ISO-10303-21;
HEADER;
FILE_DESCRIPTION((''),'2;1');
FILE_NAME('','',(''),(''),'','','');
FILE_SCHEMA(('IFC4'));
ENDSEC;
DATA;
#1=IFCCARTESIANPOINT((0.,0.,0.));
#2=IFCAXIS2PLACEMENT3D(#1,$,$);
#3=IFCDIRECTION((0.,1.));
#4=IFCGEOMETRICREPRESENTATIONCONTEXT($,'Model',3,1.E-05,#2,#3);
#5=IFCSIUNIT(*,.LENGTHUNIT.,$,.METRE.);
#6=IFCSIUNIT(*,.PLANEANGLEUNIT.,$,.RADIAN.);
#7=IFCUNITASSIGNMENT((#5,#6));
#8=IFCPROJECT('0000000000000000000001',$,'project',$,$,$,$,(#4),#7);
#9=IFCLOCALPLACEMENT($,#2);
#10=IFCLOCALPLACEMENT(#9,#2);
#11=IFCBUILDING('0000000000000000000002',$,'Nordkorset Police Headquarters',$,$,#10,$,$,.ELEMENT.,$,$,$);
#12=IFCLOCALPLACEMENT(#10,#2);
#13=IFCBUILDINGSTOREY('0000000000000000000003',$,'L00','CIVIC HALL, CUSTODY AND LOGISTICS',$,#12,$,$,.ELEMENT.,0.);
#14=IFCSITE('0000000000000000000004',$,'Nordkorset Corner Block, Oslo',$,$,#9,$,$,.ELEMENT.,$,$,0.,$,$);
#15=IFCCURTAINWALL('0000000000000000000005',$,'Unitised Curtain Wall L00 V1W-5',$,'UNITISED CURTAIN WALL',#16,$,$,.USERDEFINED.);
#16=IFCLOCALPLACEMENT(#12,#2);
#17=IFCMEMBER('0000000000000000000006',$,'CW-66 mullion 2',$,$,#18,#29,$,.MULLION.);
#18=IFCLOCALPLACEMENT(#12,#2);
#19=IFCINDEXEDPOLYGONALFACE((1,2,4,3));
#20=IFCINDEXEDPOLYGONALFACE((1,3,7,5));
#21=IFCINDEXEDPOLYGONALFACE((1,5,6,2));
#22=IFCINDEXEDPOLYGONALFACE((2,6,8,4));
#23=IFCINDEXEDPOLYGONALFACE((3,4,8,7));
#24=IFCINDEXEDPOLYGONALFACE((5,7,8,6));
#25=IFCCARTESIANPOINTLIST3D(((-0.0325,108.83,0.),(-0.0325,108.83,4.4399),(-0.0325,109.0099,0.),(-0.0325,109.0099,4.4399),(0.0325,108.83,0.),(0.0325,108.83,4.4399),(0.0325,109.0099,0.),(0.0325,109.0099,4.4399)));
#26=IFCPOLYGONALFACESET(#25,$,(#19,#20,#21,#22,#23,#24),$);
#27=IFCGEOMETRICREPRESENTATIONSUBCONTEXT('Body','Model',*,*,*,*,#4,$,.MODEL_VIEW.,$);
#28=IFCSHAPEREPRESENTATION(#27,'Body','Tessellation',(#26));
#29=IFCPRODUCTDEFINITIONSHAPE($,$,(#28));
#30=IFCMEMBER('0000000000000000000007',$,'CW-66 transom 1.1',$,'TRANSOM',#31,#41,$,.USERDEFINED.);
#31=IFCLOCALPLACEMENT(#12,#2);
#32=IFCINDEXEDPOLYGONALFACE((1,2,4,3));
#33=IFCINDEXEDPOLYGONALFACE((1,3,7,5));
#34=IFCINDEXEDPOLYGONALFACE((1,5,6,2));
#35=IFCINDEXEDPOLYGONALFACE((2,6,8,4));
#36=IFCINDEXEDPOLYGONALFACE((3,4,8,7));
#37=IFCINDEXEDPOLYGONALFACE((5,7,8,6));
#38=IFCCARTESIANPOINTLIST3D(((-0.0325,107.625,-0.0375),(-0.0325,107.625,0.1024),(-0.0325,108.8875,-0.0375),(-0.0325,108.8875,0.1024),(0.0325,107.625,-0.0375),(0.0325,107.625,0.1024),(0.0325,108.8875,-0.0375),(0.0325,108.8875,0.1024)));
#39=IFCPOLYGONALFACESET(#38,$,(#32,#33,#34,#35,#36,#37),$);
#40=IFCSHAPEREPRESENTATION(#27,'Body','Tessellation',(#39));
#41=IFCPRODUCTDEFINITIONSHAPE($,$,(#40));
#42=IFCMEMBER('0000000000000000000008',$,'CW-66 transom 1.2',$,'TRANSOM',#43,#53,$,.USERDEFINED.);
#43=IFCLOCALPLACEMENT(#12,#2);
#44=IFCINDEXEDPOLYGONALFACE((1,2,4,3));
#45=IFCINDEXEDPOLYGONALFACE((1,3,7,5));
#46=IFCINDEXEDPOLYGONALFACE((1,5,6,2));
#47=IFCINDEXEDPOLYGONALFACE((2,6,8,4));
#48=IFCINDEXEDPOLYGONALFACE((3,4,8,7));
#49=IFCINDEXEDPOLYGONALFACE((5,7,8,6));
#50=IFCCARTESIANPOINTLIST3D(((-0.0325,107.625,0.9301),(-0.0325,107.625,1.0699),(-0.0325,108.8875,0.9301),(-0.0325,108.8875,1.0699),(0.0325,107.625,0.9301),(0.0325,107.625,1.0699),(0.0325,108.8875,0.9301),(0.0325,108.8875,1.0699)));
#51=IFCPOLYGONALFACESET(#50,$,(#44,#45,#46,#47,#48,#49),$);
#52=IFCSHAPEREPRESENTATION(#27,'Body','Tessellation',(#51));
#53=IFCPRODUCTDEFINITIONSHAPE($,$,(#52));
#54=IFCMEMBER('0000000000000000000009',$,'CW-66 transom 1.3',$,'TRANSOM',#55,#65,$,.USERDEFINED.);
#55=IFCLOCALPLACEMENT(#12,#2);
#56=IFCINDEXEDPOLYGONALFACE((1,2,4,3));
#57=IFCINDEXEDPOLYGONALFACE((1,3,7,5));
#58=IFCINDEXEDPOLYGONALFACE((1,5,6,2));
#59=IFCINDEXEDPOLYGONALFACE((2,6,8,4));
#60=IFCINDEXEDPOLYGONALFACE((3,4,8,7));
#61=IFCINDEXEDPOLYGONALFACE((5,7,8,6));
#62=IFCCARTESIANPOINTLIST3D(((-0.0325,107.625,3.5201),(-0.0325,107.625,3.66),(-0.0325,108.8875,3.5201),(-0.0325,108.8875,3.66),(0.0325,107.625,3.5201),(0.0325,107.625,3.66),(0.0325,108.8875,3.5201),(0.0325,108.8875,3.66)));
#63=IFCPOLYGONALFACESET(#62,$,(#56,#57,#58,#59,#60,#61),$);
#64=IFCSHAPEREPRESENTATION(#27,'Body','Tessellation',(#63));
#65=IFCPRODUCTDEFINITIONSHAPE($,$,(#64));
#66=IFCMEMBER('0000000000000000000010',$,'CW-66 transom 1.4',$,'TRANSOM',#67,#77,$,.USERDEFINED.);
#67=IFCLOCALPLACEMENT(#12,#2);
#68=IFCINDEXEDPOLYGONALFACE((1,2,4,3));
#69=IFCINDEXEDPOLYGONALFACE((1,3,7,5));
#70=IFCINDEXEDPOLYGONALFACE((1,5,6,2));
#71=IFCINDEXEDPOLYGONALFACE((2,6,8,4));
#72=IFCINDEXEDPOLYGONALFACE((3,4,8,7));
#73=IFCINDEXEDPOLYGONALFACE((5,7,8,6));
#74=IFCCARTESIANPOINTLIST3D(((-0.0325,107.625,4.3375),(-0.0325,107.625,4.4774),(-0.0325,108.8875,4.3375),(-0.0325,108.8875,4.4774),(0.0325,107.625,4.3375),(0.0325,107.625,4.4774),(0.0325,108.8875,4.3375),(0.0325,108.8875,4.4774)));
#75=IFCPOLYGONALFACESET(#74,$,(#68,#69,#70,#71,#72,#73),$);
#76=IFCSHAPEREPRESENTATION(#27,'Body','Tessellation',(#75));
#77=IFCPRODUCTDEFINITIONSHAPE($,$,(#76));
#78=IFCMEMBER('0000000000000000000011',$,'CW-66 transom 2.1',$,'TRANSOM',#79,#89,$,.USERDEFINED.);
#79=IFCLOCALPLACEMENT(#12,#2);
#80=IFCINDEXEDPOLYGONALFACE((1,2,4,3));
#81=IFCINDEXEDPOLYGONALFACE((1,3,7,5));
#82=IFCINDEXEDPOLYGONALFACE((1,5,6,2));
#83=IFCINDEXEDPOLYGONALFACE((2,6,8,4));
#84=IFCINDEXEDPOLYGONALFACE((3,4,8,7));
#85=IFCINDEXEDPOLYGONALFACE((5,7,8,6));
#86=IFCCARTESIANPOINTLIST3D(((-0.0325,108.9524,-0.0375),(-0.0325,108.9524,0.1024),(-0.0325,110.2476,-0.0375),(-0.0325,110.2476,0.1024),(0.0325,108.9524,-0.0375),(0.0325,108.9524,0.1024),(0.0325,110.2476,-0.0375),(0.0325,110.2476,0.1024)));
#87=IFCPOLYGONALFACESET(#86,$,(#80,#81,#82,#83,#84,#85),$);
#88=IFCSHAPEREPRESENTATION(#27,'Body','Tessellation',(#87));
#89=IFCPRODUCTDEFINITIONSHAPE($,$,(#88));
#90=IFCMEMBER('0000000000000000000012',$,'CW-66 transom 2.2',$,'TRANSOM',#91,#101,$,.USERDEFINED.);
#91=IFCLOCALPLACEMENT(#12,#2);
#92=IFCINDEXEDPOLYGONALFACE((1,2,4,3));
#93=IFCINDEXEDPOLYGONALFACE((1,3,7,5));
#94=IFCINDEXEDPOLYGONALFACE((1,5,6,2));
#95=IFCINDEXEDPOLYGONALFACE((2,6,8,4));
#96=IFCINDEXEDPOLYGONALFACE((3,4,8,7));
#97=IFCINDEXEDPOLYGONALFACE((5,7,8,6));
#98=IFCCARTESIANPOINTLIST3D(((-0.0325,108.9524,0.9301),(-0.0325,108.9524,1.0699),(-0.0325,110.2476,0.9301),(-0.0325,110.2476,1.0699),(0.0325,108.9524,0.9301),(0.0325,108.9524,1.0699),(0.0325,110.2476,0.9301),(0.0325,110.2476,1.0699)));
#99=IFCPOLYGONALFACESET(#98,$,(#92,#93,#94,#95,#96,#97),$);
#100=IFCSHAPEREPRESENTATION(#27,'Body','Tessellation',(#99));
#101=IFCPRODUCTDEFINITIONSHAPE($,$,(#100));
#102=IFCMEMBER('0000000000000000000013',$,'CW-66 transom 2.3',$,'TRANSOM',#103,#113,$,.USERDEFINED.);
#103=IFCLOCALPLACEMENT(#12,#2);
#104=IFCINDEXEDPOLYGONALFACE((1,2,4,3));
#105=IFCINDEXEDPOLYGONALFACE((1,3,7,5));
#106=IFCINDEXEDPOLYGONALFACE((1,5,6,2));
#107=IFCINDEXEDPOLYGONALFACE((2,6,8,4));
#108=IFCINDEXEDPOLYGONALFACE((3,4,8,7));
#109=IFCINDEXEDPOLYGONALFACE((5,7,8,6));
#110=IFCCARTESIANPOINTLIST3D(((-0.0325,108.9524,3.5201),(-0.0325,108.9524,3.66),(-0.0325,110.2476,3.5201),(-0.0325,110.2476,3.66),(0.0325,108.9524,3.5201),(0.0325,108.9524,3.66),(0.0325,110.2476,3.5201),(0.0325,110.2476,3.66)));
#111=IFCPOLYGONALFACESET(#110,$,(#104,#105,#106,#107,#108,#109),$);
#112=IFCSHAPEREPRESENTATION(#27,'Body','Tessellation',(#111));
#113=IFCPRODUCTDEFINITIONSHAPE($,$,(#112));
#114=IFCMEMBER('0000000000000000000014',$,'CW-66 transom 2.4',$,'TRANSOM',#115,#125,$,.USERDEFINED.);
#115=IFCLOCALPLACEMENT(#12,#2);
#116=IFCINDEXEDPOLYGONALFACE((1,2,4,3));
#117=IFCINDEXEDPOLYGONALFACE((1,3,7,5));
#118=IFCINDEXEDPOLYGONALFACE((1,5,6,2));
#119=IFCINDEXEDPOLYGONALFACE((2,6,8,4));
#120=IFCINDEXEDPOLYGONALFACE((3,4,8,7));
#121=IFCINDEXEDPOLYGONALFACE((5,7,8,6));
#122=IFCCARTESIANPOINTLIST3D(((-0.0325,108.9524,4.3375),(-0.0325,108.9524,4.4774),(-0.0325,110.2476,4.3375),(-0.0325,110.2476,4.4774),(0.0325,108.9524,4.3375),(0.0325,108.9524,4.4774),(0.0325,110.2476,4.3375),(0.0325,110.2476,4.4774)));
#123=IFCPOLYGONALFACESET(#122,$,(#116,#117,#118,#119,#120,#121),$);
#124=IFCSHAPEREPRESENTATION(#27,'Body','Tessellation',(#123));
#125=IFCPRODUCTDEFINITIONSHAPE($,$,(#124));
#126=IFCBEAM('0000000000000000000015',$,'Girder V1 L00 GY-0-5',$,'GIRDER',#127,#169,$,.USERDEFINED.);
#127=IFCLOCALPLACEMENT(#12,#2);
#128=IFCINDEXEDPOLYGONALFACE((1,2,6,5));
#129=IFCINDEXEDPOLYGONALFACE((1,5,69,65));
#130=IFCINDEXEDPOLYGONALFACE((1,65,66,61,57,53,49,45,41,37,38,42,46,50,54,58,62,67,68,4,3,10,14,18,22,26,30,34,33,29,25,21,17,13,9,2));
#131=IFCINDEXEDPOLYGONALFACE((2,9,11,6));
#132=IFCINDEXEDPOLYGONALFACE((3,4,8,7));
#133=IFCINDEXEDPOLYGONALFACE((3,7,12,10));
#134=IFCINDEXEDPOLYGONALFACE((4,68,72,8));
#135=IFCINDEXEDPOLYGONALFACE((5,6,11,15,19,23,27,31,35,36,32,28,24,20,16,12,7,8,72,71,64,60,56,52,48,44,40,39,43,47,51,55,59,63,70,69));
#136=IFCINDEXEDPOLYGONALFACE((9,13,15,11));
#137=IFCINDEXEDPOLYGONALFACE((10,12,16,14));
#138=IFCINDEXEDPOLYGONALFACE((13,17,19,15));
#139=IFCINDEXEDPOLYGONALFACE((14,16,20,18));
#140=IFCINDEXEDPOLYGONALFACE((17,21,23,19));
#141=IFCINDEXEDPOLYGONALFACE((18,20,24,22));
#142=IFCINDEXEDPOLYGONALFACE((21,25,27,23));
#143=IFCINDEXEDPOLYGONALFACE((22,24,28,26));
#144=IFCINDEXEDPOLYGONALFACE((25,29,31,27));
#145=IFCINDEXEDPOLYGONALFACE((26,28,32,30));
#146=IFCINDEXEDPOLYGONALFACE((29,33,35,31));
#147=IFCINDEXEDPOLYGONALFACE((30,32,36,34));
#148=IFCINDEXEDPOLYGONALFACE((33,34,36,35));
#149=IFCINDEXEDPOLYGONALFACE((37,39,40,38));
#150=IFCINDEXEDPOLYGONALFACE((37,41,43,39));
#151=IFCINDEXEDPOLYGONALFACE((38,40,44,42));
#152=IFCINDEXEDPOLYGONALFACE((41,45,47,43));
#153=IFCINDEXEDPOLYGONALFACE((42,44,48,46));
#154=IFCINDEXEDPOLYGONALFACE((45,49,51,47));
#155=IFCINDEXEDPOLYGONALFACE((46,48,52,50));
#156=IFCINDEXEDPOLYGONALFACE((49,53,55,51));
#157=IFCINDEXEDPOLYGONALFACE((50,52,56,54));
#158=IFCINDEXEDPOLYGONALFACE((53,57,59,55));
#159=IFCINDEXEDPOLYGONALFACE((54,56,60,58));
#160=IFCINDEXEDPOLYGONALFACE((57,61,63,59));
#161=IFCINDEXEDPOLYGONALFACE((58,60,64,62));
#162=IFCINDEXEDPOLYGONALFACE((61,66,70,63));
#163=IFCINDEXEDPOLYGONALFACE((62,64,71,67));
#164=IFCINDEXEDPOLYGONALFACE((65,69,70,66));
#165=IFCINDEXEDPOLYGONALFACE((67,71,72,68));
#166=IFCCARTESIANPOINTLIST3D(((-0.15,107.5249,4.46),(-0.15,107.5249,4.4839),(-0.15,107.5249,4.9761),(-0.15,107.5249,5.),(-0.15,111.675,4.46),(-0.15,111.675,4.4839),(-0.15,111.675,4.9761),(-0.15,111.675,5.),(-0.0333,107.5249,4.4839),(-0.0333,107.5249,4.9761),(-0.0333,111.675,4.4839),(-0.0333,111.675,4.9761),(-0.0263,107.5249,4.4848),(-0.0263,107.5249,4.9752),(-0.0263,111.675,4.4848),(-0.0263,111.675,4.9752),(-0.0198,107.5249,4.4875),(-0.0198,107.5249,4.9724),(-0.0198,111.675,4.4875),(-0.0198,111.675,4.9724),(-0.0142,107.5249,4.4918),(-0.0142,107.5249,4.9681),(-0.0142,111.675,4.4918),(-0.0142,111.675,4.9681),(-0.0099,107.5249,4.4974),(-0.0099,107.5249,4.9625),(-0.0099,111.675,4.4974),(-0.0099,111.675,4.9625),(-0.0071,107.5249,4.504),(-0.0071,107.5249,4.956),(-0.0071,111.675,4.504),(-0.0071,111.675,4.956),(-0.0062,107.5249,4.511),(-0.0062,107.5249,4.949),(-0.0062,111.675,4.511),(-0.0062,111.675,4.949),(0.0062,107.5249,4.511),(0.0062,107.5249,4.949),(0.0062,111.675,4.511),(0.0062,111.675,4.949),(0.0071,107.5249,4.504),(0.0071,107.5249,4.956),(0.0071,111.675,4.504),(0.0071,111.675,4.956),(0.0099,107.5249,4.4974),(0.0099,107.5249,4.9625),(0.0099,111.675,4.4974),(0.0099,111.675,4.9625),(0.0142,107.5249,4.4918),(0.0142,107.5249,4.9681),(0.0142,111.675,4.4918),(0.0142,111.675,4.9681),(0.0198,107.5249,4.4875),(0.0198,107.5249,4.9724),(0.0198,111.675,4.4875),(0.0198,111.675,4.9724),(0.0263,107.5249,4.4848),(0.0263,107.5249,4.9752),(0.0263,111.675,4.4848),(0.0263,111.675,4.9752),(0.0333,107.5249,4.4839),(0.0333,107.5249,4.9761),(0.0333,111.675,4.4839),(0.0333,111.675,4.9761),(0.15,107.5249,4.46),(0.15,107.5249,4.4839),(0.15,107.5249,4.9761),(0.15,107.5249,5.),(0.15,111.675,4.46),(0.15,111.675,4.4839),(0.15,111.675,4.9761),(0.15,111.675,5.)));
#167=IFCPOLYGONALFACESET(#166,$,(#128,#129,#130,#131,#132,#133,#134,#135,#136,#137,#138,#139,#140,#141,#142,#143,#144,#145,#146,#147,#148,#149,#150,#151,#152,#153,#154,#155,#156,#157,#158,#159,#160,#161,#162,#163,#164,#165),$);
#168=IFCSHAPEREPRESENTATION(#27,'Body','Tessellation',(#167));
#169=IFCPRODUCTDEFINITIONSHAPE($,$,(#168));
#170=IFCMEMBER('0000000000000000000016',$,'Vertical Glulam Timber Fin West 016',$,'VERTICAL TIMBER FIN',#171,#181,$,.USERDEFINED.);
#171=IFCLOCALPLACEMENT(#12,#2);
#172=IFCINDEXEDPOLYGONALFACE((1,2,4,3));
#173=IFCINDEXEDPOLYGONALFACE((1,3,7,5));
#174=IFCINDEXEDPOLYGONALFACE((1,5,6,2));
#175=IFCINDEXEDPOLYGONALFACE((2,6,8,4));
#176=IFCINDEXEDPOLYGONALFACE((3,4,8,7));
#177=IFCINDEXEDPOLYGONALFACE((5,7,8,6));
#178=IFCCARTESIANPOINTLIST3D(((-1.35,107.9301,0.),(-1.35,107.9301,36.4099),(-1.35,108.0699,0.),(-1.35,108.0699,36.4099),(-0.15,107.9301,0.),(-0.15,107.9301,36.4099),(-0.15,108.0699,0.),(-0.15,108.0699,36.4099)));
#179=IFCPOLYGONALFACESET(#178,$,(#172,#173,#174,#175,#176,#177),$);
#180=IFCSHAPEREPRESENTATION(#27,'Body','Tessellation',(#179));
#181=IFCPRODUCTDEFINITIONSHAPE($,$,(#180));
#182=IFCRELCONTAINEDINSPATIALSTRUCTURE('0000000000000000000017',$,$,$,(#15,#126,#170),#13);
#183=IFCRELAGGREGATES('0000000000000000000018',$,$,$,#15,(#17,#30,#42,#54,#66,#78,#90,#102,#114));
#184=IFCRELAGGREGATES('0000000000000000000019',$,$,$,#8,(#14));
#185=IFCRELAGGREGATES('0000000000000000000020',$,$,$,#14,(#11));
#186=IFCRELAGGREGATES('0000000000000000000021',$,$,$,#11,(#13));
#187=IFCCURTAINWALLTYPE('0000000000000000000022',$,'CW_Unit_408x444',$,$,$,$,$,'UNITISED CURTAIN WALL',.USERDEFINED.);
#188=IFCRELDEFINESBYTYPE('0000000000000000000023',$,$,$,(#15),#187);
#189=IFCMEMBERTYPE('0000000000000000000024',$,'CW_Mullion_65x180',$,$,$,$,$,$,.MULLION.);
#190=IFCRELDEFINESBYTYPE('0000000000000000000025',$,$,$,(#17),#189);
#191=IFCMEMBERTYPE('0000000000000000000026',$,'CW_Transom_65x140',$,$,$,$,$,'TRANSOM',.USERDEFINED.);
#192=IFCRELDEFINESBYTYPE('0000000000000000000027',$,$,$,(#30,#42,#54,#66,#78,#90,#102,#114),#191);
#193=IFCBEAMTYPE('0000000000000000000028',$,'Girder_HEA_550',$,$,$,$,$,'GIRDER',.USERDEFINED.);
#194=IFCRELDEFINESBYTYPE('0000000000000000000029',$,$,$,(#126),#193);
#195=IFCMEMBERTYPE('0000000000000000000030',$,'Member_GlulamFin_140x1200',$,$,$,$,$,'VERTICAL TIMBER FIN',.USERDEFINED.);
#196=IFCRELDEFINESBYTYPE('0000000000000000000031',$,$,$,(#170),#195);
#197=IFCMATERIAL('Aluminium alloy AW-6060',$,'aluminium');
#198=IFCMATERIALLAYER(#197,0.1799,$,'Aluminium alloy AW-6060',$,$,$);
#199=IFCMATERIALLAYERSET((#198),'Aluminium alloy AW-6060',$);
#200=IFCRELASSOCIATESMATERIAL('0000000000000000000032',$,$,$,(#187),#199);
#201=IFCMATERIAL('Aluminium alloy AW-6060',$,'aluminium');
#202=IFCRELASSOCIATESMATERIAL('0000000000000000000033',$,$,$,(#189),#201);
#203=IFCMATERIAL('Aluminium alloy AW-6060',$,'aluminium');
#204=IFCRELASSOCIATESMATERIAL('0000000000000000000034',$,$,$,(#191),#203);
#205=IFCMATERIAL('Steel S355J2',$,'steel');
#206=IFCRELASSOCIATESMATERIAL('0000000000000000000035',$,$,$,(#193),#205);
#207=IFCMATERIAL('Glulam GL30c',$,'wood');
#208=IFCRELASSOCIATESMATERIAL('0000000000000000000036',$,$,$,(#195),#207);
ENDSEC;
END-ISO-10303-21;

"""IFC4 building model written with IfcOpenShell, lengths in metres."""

from ifc_helpers import new_model, si_unit, direction, frame, origin, origin_2d, place, context, subcontext, project, spatial, rectangle, i_section, extrude, material, layer, layer_set, material_profile, profile_set, type_object, element, aggregate, save


model = new_model("IFC4")

# Units and contexts
model_context = context("Model", 3, precision=1e-05, world=origin(), true_north=direction((0.0, 1.0)))
body_context = subcontext(model_context, "Body", "Model", "MODEL_VIEW")
ifc_project = project(units=[si_unit("LENGTHUNIT", "METRE"), si_unit("PLANEANGLEUNIT", "RADIAN")], contexts=[model_context])

# Site, building, storey
site_placement = place(None, origin())
site = spatial("IfcSite", under=ifc_project, at=site_placement, Name="Nordkorset Corner Block, Oslo", CompositionType="ELEMENT", RefElevation=0.0)
building_placement = place(site_placement, origin())
building = spatial("IfcBuilding", under=site, at=building_placement, Name="Nordkorset Police Headquarters", CompositionType="ELEMENT")
storey_placement = place(building_placement, origin())
storey = spatial("IfcBuildingStorey", under=building, at=storey_placement, Name="L00", Description="CIVIC HALL, CUSTODY AND LOGISTICS", CompositionType="ELEMENT", Elevation=0.0)

# Curtain wall, members
ifc_material_1 = material(Name="Aluminium alloy AW-6060", Category="aluminium")
ifc_layer_1 = layer(ifc_material_1, 0.1799, Name="Aluminium alloy AW-6060")
ifc_layer_set_1 = layer_set([ifc_layer_1], Name="Aluminium alloy AW-6060")
curtain_wall_type = type_object("IfcCurtainWallType", Name="CW_Unit_408x444", ElementType="UNITISED CURTAIN WALL", PredefinedType="USERDEFINED", material=ifc_layer_set_1)
curtain_wall_placement = place(storey_placement, origin())
curtain_wall = element("IfcCurtainWall", 1, at=curtain_wall_placement, inside=storey, type_object=curtain_wall_type, Name="Unitised Curtain Wall L00 V1W-5", ObjectType="UNITISED CURTAIN WALL", PredefinedType="USERDEFINED")
ifc_material_2 = material(Name="Aluminium alloy AW-6060", Category="aluminium")
ifc_material_profile_1 = material_profile(ifc_material_2, rectangle(XDim=0.0649, YDim=0.1799, at=origin_2d()), Name="ALU MULL 65x180")
ifc_profile_set_1 = profile_set([ifc_material_profile_1], Name="Aluminium alloy AW-6060")
member_type_1 = type_object("IfcMemberType", Name="CW_Mullion_65x180", PredefinedType="MULLION", material=ifc_profile_set_1)
member_1_placement = place(storey_placement, frame((0.0, 108.9199, 0.0), z_axis=(0.0, 0.0, 1.0), x_axis=(-1.0, 0.0, 0.0)))
member_1 = element("IfcMember", 2, at=member_1_placement, type_object=member_type_1, Name="CW-66 mullion 2", PredefinedType="MULLION", context=body_context, shape_type="SweptSolid", body=[
    extrude(rectangle(XDim=0.0649, YDim=0.1799, at=origin_2d()), origin(), (0.0, 0.0, 1.0), 4.4399),
])
ifc_material_3 = material(Name="Aluminium alloy AW-6060", Category="aluminium")
ifc_material_profile_2 = material_profile(ifc_material_3, rectangle(XDim=0.0649, YDim=0.1399, at=origin_2d()), Name="ALU TRAN 65x140")
ifc_profile_set_2 = profile_set([ifc_material_profile_2], Name="Aluminium alloy AW-6060")
member_type_2 = type_object("IfcMemberType", Name="CW_Transom_65x140", ElementType="TRANSOM", PredefinedType="USERDEFINED", material=ifc_profile_set_2)
member_2_placement = place(storey_placement, frame((0.0, 107.625, 0.0325), z_axis=(0.0, 1.0, 0.0), x_axis=(-1.0, 0.0, 0.0)))
member_2 = element("IfcMember", 3, at=member_2_placement, type_object=member_type_2, Name="CW-66 transom 1.1", ObjectType="TRANSOM", PredefinedType="USERDEFINED", context=body_context, shape_type="SweptSolid", body=[
    extrude(rectangle(XDim=0.0649, YDim=0.1399, at=origin_2d()), origin(), (0.0, 0.0, 1.0), 1.2625),
])
member_3_placement = place(storey_placement, frame((0.0, 107.625, 1.0), z_axis=(0.0, 1.0, 0.0), x_axis=(-1.0, 0.0, 0.0)))
member_3 = element("IfcMember", 4, at=member_3_placement, type_object=member_type_2, Name="CW-66 transom 1.2", ObjectType="TRANSOM", PredefinedType="USERDEFINED", context=body_context, shape_type="SweptSolid", body=[
    extrude(rectangle(XDim=0.0649, YDim=0.1399, at=origin_2d()), origin(), (0.0, 0.0, 1.0), 1.2625),
])
member_4_placement = place(storey_placement, frame((0.0, 107.625, 3.5901), z_axis=(0.0, 1.0, 0.0), x_axis=(-1.0, 0.0, 0.0)))
member_4 = element("IfcMember", 5, at=member_4_placement, type_object=member_type_2, Name="CW-66 transom 1.3", ObjectType="TRANSOM", PredefinedType="USERDEFINED", context=body_context, shape_type="SweptSolid", body=[
    extrude(rectangle(XDim=0.0649, YDim=0.1399, at=origin_2d()), origin(), (0.0, 0.0, 1.0), 1.2625),
])
member_5_placement = place(storey_placement, frame((0.0, 107.625, 4.4075), z_axis=(0.0, 1.0, 0.0), x_axis=(-1.0, 0.0, 0.0)))
member_5 = element("IfcMember", 6, at=member_5_placement, type_object=member_type_2, Name="CW-66 transom 1.4", ObjectType="TRANSOM", PredefinedType="USERDEFINED", context=body_context, shape_type="SweptSolid", body=[
    extrude(rectangle(XDim=0.0649, YDim=0.1399, at=origin_2d()), origin(), (0.0, 0.0, 1.0), 1.2625),
])
member_6_placement = place(storey_placement, frame((0.0, 108.9524, 0.0325), z_axis=(0.0, 1.0, 0.0), x_axis=(-1.0, 0.0, 0.0)))
member_6 = element("IfcMember", 7, at=member_6_placement, type_object=member_type_2, Name="CW-66 transom 2.1", ObjectType="TRANSOM", PredefinedType="USERDEFINED", context=body_context, shape_type="SweptSolid", body=[
    extrude(rectangle(XDim=0.0649, YDim=0.1399, at=origin_2d()), origin(), (0.0, 0.0, 1.0), 1.2952),
])
member_7_placement = place(storey_placement, frame((0.0, 108.9524, 1.0), z_axis=(0.0, 1.0, 0.0), x_axis=(-1.0, 0.0, 0.0)))
member_7 = element("IfcMember", 8, at=member_7_placement, type_object=member_type_2, Name="CW-66 transom 2.2", ObjectType="TRANSOM", PredefinedType="USERDEFINED", context=body_context, shape_type="SweptSolid", body=[
    extrude(rectangle(XDim=0.0649, YDim=0.1399, at=origin_2d()), origin(), (0.0, 0.0, 1.0), 1.2952),
])
member_8_placement = place(storey_placement, frame((0.0, 108.9524, 3.5901), z_axis=(0.0, 1.0, 0.0), x_axis=(-1.0, 0.0, 0.0)))
member_8 = element("IfcMember", 9, at=member_8_placement, type_object=member_type_2, Name="CW-66 transom 2.3", ObjectType="TRANSOM", PredefinedType="USERDEFINED", context=body_context, shape_type="SweptSolid", body=[
    extrude(rectangle(XDim=0.0649, YDim=0.1399, at=origin_2d()), origin(), (0.0, 0.0, 1.0), 1.2952),
])
member_9_placement = place(storey_placement, frame((0.0, 108.9524, 4.4075), z_axis=(0.0, 1.0, 0.0), x_axis=(-1.0, 0.0, 0.0)))
member_9 = element("IfcMember", 10, at=member_9_placement, type_object=member_type_2, Name="CW-66 transom 2.4", ObjectType="TRANSOM", PredefinedType="USERDEFINED", context=body_context, shape_type="SweptSolid", body=[
    extrude(rectangle(XDim=0.0649, YDim=0.1399, at=origin_2d()), origin(), (0.0, 0.0, 1.0), 1.2952),
])

# Beam
ifc_material_4 = material(Name="Steel S355J2", Category="steel")
ifc_material_profile_3 = material_profile(ifc_material_4, i_section(OverallWidth=0.3, OverallDepth=0.54, WebThickness=0.0125, FlangeThickness=0.0239, FilletRadius=0.0271, at=origin_2d()), Name="HEA 550")
ifc_profile_set_3 = profile_set([ifc_material_profile_3], Name="Steel S355J2")
beam_type_1 = type_object("IfcBeamType", Name="Girder_HEA_550", ElementType="GIRDER", PredefinedType="USERDEFINED", material=ifc_profile_set_3)
beam_1_placement = place(storey_placement, frame((0.0, 107.5249, 4.73), z_axis=(0.0, 1.0, 0.0), x_axis=(-1.0, 0.0, 0.0)))
element("IfcBeam", 11, at=beam_1_placement, inside=storey, type_object=beam_type_1, Name="Girder V1 L00 GY-0-5", ObjectType="GIRDER", PredefinedType="USERDEFINED", context=body_context, shape_type="SweptSolid", body=[
    extrude(i_section(OverallWidth=0.3, OverallDepth=0.54, WebThickness=0.0125, FlangeThickness=0.0239, FilletRadius=0.0271, at=origin_2d()), origin(), (0.0, 0.0, 1.0), 4.1501),
])

# Member
ifc_material_5 = material(Name="Glulam GL30c", Category="wood")
ifc_material_profile_4 = material_profile(ifc_material_5, rectangle(XDim=0.1399, YDim=1.2, at=origin_2d()), Name="GL30C FIN 140x1200")
ifc_profile_set_4 = profile_set([ifc_material_profile_4], Name="Glulam GL30c")
member_type_3 = type_object("IfcMemberType", Name="Member_GlulamFin_140x1200", ElementType="VERTICAL TIMBER FIN", PredefinedType="USERDEFINED", material=ifc_profile_set_4)
for number, where, z_axis, x_axis, name in (
    (12, (-0.75, 108.0, 0.0), (0.0, 0.0, 1.0), (0.0, 1.0, 0.0), "Vertical Glulam Timber Fin West 016"),
):
    element("IfcMember", number, at=place(storey_placement, frame(where, z_axis=z_axis, x_axis=x_axis)), inside=storey, type_object=member_type_3, Name=name, ObjectType="VERTICAL TIMBER FIN", PredefinedType="USERDEFINED", context=body_context, shape_type="SweptSolid", body=[
        extrude(rectangle(XDim=0.1399, YDim=1.2, at=origin_2d()), origin(), (0.0, 0.0, 1.0), 36.4099),
    ])

aggregate(curtain_wall, [member_1, member_2, member_3, member_4, member_5, member_6, member_7, member_8, member_9])

save(model, "model.ifc")
